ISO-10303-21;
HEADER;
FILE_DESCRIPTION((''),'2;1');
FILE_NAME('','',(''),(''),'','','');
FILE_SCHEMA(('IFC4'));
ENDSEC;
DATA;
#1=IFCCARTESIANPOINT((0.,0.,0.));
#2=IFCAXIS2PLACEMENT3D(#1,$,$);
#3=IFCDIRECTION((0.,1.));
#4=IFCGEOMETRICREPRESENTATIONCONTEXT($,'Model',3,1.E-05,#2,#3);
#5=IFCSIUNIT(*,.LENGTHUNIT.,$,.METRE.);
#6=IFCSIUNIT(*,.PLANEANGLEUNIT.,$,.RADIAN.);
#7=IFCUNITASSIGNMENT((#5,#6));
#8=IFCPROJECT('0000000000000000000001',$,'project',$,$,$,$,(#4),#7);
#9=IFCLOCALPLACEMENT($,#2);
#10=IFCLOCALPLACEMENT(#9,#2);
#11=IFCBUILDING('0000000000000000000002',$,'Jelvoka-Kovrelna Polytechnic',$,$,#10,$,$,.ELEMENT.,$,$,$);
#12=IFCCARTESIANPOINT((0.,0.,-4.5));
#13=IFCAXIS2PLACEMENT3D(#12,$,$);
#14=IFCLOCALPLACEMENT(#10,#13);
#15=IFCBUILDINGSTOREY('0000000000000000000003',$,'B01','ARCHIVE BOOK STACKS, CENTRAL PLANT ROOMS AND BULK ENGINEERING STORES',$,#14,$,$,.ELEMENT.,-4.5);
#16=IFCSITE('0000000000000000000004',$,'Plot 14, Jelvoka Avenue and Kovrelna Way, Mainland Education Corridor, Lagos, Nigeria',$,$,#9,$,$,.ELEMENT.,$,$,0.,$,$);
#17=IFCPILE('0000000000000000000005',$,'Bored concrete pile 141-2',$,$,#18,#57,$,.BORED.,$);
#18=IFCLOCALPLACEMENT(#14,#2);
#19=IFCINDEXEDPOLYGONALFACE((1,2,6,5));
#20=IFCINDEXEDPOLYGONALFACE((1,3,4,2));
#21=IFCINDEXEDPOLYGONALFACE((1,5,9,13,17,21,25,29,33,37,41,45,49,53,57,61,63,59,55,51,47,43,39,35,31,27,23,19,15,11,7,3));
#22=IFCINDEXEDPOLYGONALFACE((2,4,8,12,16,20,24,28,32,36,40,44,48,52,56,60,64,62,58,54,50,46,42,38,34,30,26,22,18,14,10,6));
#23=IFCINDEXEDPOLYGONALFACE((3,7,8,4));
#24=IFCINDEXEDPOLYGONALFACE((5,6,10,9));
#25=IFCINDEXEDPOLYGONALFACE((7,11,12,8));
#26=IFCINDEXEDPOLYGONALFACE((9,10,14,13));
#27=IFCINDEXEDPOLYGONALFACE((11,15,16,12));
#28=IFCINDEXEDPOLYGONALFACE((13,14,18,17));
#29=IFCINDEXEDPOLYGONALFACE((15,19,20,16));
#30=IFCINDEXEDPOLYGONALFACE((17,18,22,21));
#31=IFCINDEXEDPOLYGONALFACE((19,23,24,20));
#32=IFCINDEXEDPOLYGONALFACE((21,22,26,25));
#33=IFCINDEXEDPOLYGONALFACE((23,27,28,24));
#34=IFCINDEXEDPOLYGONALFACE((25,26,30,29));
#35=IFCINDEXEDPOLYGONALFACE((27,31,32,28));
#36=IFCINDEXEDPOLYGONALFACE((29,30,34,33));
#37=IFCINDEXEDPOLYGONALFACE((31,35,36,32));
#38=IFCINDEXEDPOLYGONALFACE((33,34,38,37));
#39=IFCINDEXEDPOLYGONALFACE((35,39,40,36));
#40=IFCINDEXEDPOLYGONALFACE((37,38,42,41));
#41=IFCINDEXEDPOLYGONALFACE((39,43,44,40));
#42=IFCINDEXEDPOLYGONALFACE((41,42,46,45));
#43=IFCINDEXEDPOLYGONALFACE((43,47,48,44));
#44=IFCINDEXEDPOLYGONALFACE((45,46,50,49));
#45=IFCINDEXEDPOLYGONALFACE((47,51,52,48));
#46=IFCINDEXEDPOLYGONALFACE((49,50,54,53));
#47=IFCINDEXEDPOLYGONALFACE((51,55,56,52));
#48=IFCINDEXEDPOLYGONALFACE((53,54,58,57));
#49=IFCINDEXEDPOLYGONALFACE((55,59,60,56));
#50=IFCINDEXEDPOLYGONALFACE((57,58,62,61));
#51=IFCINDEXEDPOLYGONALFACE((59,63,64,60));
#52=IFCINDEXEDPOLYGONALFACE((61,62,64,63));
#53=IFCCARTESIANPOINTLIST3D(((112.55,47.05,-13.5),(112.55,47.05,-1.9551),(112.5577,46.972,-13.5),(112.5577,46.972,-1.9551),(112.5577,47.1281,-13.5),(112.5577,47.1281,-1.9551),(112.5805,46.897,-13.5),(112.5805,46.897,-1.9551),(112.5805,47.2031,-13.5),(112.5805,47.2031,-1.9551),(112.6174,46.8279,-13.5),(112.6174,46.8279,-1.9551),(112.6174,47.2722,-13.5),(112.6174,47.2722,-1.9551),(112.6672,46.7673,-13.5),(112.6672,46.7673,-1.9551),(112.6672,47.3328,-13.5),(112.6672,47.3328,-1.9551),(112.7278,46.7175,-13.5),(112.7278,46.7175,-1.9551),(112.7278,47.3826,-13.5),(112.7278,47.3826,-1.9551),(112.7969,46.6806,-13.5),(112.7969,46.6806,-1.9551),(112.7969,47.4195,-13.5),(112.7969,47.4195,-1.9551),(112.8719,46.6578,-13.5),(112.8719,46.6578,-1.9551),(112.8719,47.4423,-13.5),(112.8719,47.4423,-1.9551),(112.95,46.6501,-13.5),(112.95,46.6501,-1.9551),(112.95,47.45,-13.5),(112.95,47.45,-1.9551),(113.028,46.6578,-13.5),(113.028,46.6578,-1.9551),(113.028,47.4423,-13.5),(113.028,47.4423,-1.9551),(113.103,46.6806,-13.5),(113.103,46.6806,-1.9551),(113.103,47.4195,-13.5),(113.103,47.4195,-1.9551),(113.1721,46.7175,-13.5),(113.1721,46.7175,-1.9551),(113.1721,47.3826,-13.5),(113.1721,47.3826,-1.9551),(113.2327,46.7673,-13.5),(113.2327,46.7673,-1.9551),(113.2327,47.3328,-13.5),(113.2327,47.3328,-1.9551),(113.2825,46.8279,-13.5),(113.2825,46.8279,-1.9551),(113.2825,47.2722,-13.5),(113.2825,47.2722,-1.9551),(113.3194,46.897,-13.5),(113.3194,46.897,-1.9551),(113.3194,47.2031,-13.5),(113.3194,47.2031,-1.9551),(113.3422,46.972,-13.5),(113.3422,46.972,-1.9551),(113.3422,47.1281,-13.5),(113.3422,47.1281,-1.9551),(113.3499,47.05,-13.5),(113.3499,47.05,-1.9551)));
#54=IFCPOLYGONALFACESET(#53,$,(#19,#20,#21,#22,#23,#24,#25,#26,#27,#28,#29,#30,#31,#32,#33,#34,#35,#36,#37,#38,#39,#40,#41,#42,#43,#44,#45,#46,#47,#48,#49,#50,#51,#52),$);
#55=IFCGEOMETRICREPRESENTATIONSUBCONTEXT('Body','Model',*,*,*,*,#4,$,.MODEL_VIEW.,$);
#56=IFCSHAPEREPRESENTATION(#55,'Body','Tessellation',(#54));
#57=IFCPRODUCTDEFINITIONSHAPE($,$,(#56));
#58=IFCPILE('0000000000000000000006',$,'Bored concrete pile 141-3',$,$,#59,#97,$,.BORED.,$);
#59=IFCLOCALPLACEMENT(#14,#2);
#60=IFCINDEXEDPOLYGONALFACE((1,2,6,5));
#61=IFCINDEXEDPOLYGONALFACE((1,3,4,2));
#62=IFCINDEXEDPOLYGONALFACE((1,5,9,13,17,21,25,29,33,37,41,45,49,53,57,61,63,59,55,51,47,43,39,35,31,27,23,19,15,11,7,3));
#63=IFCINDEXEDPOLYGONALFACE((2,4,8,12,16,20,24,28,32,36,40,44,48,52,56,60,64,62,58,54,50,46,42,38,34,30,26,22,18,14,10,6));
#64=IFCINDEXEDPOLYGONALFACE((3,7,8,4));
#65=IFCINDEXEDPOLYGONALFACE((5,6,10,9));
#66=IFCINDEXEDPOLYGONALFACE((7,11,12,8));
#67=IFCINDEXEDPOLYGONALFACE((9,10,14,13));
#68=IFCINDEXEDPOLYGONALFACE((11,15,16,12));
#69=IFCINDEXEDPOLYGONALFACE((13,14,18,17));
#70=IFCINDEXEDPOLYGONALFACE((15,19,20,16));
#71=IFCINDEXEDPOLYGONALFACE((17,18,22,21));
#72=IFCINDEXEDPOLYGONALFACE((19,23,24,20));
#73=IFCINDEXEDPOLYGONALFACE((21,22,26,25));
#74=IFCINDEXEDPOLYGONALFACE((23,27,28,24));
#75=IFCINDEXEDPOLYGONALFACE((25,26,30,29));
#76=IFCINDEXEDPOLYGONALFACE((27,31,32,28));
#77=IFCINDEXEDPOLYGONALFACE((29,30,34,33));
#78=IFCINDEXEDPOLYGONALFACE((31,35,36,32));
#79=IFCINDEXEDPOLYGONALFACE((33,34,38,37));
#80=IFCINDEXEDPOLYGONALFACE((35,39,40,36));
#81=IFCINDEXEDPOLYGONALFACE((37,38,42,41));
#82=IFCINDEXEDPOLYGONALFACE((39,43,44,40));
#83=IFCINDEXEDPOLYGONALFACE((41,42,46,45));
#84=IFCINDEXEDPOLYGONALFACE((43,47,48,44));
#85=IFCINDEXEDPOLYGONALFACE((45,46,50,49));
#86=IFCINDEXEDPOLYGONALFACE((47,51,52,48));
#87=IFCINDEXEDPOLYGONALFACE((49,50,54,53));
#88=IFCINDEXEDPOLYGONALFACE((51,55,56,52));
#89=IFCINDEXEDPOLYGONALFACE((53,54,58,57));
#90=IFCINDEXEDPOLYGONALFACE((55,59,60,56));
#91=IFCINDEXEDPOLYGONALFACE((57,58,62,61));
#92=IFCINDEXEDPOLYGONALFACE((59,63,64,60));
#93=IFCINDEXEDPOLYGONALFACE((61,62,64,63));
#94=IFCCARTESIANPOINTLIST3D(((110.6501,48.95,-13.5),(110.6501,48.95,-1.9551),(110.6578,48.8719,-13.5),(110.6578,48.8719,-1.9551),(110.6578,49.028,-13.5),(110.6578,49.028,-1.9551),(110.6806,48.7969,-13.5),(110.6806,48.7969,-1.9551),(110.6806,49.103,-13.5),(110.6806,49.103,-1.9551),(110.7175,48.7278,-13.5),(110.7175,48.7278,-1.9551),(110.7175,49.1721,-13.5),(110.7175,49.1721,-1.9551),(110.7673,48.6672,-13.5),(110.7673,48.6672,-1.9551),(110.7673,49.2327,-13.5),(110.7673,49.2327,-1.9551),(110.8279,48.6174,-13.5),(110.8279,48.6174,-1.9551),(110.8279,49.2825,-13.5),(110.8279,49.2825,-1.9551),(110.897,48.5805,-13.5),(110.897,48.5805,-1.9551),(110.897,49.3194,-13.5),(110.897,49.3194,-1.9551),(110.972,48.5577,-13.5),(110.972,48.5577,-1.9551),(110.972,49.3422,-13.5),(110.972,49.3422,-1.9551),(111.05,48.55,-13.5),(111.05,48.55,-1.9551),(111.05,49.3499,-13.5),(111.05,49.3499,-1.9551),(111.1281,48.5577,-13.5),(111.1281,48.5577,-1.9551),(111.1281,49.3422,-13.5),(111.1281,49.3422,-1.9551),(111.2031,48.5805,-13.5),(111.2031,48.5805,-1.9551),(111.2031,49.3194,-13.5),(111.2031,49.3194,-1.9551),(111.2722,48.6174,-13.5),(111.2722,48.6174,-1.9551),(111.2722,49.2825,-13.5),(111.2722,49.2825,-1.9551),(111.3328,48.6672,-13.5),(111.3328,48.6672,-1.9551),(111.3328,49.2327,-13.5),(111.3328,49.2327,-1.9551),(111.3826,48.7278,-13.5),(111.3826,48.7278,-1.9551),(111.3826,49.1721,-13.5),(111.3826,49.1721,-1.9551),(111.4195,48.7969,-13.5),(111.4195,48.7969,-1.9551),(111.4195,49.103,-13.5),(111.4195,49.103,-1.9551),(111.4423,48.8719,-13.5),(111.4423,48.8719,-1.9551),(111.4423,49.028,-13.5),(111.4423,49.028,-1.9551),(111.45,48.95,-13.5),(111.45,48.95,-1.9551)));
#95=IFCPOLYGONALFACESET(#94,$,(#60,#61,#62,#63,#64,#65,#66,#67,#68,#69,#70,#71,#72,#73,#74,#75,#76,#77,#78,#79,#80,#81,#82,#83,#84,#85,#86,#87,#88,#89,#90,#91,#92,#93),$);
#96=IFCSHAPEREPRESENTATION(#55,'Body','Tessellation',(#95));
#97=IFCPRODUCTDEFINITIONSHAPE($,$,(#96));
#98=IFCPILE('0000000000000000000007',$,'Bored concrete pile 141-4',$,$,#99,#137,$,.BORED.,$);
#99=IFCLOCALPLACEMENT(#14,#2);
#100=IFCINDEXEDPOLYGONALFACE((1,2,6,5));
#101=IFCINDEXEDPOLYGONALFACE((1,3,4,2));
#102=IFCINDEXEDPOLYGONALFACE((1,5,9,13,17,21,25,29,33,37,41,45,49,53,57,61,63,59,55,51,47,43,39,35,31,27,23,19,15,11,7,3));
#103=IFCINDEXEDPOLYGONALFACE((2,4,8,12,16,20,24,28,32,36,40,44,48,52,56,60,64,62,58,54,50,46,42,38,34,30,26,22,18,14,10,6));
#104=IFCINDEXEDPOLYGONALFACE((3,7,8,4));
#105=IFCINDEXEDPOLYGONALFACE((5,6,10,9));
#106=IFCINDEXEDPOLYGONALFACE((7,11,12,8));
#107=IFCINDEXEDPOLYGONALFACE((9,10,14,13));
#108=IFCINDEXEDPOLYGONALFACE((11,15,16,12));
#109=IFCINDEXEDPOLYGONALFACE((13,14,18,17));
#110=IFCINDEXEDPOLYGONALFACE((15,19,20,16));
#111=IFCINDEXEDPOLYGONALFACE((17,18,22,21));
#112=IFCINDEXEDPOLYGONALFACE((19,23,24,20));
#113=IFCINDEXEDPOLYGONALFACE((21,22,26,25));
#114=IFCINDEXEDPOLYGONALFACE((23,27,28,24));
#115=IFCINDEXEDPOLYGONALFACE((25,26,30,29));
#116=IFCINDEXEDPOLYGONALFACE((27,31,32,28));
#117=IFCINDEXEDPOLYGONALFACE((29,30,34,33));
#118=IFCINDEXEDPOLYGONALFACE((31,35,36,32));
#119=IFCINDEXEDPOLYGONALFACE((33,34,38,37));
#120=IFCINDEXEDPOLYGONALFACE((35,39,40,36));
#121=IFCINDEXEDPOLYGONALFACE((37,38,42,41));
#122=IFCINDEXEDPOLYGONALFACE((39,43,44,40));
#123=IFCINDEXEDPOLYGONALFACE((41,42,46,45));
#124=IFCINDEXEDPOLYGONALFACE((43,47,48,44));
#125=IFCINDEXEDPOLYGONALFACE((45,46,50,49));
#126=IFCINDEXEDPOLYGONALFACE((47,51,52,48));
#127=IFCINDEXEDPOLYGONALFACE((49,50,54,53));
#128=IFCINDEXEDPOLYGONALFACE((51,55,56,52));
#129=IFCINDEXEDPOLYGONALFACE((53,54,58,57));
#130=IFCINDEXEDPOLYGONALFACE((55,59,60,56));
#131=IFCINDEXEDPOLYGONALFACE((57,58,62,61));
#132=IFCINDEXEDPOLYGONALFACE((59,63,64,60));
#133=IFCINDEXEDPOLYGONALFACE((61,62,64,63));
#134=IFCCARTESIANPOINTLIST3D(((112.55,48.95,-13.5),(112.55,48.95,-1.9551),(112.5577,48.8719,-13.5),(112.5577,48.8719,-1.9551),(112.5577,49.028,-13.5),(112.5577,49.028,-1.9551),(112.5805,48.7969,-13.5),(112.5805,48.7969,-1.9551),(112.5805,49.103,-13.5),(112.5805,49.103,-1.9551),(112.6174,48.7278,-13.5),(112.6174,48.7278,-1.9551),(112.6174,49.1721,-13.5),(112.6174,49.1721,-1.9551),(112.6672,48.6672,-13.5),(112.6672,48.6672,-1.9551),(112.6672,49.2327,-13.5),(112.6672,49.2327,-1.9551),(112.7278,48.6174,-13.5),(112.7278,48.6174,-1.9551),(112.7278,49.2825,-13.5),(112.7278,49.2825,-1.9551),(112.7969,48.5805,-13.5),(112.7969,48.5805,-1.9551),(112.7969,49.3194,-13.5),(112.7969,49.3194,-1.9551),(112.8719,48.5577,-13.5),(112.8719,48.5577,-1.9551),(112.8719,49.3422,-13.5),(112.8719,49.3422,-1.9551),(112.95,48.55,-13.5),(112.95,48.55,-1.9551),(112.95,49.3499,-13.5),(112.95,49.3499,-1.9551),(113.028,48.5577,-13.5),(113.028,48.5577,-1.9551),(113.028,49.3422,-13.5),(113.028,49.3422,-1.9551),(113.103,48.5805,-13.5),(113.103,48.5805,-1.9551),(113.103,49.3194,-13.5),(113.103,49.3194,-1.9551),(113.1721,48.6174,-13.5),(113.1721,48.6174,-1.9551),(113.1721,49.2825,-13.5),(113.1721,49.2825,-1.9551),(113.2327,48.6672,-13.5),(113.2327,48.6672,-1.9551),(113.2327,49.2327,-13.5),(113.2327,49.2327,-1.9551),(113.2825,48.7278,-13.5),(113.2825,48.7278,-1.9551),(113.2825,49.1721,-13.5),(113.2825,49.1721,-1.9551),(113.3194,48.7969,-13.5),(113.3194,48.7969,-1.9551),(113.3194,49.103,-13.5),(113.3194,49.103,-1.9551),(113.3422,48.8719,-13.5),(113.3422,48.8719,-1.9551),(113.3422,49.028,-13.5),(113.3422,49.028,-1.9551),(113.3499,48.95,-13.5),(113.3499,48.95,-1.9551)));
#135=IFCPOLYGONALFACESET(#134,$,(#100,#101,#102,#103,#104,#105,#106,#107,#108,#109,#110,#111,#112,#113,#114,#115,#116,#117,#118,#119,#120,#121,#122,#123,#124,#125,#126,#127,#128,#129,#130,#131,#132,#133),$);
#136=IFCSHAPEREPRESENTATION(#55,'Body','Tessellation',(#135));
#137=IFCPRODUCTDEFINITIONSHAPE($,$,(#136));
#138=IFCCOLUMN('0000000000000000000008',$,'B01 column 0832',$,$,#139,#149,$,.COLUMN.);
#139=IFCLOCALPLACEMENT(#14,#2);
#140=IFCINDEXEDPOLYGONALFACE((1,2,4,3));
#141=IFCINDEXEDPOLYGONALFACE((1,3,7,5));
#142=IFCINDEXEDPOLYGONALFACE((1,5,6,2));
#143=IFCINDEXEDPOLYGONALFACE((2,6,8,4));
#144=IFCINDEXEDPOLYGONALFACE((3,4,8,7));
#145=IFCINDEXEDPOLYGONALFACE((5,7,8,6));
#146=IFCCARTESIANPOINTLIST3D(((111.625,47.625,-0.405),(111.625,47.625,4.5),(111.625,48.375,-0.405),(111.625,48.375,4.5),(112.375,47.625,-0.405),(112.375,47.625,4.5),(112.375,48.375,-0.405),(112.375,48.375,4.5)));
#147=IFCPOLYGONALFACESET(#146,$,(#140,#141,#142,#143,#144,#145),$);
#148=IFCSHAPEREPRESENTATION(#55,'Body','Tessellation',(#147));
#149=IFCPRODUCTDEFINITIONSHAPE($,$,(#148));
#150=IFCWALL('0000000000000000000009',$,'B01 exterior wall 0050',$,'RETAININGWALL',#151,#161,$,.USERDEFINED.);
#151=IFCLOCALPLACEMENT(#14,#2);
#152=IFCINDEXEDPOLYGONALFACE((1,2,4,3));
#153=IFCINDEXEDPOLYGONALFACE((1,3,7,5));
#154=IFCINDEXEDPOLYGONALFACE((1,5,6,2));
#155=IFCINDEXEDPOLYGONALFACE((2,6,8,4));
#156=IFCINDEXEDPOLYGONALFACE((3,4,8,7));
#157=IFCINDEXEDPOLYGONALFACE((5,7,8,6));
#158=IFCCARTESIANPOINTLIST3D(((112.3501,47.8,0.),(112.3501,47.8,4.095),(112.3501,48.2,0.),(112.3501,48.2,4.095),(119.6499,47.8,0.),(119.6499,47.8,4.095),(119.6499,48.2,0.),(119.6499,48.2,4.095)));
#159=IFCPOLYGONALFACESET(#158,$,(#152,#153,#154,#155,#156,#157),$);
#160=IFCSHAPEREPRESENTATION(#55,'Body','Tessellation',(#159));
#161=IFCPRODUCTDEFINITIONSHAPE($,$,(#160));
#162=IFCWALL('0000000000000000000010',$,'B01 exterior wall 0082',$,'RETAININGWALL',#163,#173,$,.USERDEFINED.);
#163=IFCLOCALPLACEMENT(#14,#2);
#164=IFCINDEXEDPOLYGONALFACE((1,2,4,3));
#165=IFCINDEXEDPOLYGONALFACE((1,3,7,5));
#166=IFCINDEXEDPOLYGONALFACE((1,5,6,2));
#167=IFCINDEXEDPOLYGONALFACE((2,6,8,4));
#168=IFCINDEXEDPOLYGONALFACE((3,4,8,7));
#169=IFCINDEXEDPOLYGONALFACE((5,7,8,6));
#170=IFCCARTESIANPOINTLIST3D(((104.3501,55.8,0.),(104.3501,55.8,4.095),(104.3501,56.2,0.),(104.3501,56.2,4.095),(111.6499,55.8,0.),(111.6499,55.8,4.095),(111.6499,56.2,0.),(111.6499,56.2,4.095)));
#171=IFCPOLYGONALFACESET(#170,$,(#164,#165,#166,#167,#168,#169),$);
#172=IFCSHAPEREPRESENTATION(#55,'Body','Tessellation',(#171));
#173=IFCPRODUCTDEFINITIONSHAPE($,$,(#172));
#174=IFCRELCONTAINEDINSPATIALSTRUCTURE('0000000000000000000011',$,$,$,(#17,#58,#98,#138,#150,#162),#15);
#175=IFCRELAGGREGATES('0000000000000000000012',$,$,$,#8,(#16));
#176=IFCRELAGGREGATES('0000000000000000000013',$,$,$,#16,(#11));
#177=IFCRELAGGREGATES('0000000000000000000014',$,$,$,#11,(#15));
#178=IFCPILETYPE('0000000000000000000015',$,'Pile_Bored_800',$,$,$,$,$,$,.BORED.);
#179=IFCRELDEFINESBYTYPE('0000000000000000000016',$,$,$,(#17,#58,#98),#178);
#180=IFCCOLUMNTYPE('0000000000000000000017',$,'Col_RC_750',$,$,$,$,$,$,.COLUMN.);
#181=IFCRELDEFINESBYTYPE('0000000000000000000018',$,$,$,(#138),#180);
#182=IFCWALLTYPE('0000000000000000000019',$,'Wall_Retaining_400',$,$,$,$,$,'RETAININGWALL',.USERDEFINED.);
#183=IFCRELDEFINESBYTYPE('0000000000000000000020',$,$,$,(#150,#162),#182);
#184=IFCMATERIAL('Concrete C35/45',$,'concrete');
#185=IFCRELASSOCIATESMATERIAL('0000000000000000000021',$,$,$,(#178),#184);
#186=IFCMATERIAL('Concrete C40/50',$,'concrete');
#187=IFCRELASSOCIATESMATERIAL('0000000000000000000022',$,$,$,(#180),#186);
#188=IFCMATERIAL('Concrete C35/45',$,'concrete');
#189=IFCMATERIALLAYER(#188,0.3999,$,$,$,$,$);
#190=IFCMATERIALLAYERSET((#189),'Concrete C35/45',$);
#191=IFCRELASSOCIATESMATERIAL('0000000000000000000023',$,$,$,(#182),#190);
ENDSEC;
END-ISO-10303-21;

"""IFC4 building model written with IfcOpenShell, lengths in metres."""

from ifc_helpers import new_model, si_unit, direction, frame, frame_2d, origin, origin_2d, place, context, subcontext, project, spatial, rectangle, circle, extrude, material, layer, layer_set, material_profile, profile_set, type_object, element, save


model = new_model("IFC4")

# Units and contexts
model_context = context("Model", 3, precision=1e-05, world=origin(), true_north=direction((0.0, 1.0)))
body_context = subcontext(model_context, "Body", "Model", "MODEL_VIEW")
ifc_project = project(units=[si_unit("LENGTHUNIT", "METRE"), si_unit("PLANEANGLEUNIT", "RADIAN")], contexts=[model_context])

# Site, building, storey
site_placement = place(None, origin())
site = spatial("IfcSite", under=ifc_project, at=site_placement, Name="Plot 14, Jelvoka Avenue and Kovrelna Way, Mainland Education Corridor, Lagos, Nigeria", CompositionType="ELEMENT", RefElevation=0.0)
building_placement = place(site_placement, origin())
building = spatial("IfcBuilding", under=site, at=building_placement, Name="Jelvoka-Kovrelna Polytechnic", CompositionType="ELEMENT")
storey_placement = place(building_placement, frame((0.0, 0.0, -4.5)))
storey = spatial("IfcBuildingStorey", under=building, at=storey_placement, Name="B01", Description="ARCHIVE BOOK STACKS, CENTRAL PLANT ROOMS AND BULK ENGINEERING STORES", CompositionType="ELEMENT", Elevation=-4.5)

# Piles
ifc_material_1 = material(Name="Concrete C35/45", Category="concrete")
ifc_material_profile_1 = material_profile(ifc_material_1, circle(Radius=0.3999, at=origin_2d()), Name="PILE D800")
ifc_profile_set_1 = profile_set([ifc_material_profile_1], Name="Concrete C35/45")
pile_type_1 = type_object("IfcPileType", Name="Pile_Bored_800", PredefinedType="BORED", material=ifc_profile_set_1)
for number, where, z_axis, x_axis, name in (
    (1, (112.95, 47.05, -1.9551), (0.0, 0.0, -1.0), (1.0, 0.0, 0.0), "Bored concrete pile 141-2"),
    (2, (111.05, 48.95, -1.9551), (0.0, 0.0, -1.0), (1.0, 0.0, 0.0), "Bored concrete pile 141-3"),
    (3, (112.95, 48.95, -1.9551), (0.0, 0.0, -1.0), (1.0, 0.0, 0.0), "Bored concrete pile 141-4"),
):
    element("IfcPile", number, at=place(storey_placement, frame(where, z_axis=z_axis, x_axis=x_axis)), inside=storey, type_object=pile_type_1, Name=name, PredefinedType="BORED", context=body_context, shape_type="SweptSolid", body=[
        extrude(circle(Radius=0.3999, at=origin_2d()), origin(), (0.0, 0.0, 1.0), 11.5449),
    ])

# Column
ifc_material_2 = material(Name="Concrete C40/50", Category="concrete")
ifc_material_profile_2 = material_profile(ifc_material_2, rectangle(XDim=0.75, YDim=0.75, at=origin_2d()), Name="RC 750x750")
ifc_profile_set_2 = profile_set([ifc_material_profile_2], Name="Concrete C40/50")
column_type = type_object("IfcColumnType", Name="Col_RC_750", PredefinedType="COLUMN", material=ifc_profile_set_2)
column_placement = place(storey_placement, frame((112.0, 48.0, -0.405), z_axis=(0.0, 0.0, 1.0), x_axis=(1.0, 0.0, 0.0)))
element("IfcColumn", 4, at=column_placement, inside=storey, type_object=column_type, Name="B01 column 0832", PredefinedType="COLUMN", context=body_context, shape_type="SweptSolid", body=[
    extrude(rectangle(XDim=0.75, YDim=0.75, at=origin_2d()), origin(), (0.0, 0.0, 1.0), 4.905),
])

# Walls
ifc_material_3 = material(Name="Concrete C35/45", Category="concrete")
ifc_layer = layer(ifc_material_3, 0.3999)
ifc_layer_set = layer_set([ifc_layer], Name="Concrete C35/45")
wall_type = type_object("IfcWallType", Name="Wall_Retaining_400", ElementType="RETAININGWALL", PredefinedType="USERDEFINED", material=ifc_layer_set)
for number, where, z_axis, x_axis, name in (
    (5, (112.3501, 48.0, 0.0), (0.0, 0.0, 1.0), (1.0, 0.0, 0.0), "B01 exterior wall 0050"),
    (6, (111.6499, 56.0, 0.0), (0.0, 0.0, 1.0), (-1.0, 0.0, 0.0), "B01 exterior wall 0082"),
):
    element("IfcWall", number, at=place(storey_placement, frame(where, z_axis=z_axis, x_axis=x_axis)), inside=storey, type_object=wall_type, Name=name, ObjectType="RETAININGWALL", PredefinedType="USERDEFINED", context=body_context, shape_type="SweptSolid", body=[
        extrude(rectangle(XDim=7.2998, YDim=0.3999, at=frame_2d((3.6499, 0.0))), origin(), (0.0, 0.0, 1.0), 4.095),
    ])

save(model, "model.ifc")
